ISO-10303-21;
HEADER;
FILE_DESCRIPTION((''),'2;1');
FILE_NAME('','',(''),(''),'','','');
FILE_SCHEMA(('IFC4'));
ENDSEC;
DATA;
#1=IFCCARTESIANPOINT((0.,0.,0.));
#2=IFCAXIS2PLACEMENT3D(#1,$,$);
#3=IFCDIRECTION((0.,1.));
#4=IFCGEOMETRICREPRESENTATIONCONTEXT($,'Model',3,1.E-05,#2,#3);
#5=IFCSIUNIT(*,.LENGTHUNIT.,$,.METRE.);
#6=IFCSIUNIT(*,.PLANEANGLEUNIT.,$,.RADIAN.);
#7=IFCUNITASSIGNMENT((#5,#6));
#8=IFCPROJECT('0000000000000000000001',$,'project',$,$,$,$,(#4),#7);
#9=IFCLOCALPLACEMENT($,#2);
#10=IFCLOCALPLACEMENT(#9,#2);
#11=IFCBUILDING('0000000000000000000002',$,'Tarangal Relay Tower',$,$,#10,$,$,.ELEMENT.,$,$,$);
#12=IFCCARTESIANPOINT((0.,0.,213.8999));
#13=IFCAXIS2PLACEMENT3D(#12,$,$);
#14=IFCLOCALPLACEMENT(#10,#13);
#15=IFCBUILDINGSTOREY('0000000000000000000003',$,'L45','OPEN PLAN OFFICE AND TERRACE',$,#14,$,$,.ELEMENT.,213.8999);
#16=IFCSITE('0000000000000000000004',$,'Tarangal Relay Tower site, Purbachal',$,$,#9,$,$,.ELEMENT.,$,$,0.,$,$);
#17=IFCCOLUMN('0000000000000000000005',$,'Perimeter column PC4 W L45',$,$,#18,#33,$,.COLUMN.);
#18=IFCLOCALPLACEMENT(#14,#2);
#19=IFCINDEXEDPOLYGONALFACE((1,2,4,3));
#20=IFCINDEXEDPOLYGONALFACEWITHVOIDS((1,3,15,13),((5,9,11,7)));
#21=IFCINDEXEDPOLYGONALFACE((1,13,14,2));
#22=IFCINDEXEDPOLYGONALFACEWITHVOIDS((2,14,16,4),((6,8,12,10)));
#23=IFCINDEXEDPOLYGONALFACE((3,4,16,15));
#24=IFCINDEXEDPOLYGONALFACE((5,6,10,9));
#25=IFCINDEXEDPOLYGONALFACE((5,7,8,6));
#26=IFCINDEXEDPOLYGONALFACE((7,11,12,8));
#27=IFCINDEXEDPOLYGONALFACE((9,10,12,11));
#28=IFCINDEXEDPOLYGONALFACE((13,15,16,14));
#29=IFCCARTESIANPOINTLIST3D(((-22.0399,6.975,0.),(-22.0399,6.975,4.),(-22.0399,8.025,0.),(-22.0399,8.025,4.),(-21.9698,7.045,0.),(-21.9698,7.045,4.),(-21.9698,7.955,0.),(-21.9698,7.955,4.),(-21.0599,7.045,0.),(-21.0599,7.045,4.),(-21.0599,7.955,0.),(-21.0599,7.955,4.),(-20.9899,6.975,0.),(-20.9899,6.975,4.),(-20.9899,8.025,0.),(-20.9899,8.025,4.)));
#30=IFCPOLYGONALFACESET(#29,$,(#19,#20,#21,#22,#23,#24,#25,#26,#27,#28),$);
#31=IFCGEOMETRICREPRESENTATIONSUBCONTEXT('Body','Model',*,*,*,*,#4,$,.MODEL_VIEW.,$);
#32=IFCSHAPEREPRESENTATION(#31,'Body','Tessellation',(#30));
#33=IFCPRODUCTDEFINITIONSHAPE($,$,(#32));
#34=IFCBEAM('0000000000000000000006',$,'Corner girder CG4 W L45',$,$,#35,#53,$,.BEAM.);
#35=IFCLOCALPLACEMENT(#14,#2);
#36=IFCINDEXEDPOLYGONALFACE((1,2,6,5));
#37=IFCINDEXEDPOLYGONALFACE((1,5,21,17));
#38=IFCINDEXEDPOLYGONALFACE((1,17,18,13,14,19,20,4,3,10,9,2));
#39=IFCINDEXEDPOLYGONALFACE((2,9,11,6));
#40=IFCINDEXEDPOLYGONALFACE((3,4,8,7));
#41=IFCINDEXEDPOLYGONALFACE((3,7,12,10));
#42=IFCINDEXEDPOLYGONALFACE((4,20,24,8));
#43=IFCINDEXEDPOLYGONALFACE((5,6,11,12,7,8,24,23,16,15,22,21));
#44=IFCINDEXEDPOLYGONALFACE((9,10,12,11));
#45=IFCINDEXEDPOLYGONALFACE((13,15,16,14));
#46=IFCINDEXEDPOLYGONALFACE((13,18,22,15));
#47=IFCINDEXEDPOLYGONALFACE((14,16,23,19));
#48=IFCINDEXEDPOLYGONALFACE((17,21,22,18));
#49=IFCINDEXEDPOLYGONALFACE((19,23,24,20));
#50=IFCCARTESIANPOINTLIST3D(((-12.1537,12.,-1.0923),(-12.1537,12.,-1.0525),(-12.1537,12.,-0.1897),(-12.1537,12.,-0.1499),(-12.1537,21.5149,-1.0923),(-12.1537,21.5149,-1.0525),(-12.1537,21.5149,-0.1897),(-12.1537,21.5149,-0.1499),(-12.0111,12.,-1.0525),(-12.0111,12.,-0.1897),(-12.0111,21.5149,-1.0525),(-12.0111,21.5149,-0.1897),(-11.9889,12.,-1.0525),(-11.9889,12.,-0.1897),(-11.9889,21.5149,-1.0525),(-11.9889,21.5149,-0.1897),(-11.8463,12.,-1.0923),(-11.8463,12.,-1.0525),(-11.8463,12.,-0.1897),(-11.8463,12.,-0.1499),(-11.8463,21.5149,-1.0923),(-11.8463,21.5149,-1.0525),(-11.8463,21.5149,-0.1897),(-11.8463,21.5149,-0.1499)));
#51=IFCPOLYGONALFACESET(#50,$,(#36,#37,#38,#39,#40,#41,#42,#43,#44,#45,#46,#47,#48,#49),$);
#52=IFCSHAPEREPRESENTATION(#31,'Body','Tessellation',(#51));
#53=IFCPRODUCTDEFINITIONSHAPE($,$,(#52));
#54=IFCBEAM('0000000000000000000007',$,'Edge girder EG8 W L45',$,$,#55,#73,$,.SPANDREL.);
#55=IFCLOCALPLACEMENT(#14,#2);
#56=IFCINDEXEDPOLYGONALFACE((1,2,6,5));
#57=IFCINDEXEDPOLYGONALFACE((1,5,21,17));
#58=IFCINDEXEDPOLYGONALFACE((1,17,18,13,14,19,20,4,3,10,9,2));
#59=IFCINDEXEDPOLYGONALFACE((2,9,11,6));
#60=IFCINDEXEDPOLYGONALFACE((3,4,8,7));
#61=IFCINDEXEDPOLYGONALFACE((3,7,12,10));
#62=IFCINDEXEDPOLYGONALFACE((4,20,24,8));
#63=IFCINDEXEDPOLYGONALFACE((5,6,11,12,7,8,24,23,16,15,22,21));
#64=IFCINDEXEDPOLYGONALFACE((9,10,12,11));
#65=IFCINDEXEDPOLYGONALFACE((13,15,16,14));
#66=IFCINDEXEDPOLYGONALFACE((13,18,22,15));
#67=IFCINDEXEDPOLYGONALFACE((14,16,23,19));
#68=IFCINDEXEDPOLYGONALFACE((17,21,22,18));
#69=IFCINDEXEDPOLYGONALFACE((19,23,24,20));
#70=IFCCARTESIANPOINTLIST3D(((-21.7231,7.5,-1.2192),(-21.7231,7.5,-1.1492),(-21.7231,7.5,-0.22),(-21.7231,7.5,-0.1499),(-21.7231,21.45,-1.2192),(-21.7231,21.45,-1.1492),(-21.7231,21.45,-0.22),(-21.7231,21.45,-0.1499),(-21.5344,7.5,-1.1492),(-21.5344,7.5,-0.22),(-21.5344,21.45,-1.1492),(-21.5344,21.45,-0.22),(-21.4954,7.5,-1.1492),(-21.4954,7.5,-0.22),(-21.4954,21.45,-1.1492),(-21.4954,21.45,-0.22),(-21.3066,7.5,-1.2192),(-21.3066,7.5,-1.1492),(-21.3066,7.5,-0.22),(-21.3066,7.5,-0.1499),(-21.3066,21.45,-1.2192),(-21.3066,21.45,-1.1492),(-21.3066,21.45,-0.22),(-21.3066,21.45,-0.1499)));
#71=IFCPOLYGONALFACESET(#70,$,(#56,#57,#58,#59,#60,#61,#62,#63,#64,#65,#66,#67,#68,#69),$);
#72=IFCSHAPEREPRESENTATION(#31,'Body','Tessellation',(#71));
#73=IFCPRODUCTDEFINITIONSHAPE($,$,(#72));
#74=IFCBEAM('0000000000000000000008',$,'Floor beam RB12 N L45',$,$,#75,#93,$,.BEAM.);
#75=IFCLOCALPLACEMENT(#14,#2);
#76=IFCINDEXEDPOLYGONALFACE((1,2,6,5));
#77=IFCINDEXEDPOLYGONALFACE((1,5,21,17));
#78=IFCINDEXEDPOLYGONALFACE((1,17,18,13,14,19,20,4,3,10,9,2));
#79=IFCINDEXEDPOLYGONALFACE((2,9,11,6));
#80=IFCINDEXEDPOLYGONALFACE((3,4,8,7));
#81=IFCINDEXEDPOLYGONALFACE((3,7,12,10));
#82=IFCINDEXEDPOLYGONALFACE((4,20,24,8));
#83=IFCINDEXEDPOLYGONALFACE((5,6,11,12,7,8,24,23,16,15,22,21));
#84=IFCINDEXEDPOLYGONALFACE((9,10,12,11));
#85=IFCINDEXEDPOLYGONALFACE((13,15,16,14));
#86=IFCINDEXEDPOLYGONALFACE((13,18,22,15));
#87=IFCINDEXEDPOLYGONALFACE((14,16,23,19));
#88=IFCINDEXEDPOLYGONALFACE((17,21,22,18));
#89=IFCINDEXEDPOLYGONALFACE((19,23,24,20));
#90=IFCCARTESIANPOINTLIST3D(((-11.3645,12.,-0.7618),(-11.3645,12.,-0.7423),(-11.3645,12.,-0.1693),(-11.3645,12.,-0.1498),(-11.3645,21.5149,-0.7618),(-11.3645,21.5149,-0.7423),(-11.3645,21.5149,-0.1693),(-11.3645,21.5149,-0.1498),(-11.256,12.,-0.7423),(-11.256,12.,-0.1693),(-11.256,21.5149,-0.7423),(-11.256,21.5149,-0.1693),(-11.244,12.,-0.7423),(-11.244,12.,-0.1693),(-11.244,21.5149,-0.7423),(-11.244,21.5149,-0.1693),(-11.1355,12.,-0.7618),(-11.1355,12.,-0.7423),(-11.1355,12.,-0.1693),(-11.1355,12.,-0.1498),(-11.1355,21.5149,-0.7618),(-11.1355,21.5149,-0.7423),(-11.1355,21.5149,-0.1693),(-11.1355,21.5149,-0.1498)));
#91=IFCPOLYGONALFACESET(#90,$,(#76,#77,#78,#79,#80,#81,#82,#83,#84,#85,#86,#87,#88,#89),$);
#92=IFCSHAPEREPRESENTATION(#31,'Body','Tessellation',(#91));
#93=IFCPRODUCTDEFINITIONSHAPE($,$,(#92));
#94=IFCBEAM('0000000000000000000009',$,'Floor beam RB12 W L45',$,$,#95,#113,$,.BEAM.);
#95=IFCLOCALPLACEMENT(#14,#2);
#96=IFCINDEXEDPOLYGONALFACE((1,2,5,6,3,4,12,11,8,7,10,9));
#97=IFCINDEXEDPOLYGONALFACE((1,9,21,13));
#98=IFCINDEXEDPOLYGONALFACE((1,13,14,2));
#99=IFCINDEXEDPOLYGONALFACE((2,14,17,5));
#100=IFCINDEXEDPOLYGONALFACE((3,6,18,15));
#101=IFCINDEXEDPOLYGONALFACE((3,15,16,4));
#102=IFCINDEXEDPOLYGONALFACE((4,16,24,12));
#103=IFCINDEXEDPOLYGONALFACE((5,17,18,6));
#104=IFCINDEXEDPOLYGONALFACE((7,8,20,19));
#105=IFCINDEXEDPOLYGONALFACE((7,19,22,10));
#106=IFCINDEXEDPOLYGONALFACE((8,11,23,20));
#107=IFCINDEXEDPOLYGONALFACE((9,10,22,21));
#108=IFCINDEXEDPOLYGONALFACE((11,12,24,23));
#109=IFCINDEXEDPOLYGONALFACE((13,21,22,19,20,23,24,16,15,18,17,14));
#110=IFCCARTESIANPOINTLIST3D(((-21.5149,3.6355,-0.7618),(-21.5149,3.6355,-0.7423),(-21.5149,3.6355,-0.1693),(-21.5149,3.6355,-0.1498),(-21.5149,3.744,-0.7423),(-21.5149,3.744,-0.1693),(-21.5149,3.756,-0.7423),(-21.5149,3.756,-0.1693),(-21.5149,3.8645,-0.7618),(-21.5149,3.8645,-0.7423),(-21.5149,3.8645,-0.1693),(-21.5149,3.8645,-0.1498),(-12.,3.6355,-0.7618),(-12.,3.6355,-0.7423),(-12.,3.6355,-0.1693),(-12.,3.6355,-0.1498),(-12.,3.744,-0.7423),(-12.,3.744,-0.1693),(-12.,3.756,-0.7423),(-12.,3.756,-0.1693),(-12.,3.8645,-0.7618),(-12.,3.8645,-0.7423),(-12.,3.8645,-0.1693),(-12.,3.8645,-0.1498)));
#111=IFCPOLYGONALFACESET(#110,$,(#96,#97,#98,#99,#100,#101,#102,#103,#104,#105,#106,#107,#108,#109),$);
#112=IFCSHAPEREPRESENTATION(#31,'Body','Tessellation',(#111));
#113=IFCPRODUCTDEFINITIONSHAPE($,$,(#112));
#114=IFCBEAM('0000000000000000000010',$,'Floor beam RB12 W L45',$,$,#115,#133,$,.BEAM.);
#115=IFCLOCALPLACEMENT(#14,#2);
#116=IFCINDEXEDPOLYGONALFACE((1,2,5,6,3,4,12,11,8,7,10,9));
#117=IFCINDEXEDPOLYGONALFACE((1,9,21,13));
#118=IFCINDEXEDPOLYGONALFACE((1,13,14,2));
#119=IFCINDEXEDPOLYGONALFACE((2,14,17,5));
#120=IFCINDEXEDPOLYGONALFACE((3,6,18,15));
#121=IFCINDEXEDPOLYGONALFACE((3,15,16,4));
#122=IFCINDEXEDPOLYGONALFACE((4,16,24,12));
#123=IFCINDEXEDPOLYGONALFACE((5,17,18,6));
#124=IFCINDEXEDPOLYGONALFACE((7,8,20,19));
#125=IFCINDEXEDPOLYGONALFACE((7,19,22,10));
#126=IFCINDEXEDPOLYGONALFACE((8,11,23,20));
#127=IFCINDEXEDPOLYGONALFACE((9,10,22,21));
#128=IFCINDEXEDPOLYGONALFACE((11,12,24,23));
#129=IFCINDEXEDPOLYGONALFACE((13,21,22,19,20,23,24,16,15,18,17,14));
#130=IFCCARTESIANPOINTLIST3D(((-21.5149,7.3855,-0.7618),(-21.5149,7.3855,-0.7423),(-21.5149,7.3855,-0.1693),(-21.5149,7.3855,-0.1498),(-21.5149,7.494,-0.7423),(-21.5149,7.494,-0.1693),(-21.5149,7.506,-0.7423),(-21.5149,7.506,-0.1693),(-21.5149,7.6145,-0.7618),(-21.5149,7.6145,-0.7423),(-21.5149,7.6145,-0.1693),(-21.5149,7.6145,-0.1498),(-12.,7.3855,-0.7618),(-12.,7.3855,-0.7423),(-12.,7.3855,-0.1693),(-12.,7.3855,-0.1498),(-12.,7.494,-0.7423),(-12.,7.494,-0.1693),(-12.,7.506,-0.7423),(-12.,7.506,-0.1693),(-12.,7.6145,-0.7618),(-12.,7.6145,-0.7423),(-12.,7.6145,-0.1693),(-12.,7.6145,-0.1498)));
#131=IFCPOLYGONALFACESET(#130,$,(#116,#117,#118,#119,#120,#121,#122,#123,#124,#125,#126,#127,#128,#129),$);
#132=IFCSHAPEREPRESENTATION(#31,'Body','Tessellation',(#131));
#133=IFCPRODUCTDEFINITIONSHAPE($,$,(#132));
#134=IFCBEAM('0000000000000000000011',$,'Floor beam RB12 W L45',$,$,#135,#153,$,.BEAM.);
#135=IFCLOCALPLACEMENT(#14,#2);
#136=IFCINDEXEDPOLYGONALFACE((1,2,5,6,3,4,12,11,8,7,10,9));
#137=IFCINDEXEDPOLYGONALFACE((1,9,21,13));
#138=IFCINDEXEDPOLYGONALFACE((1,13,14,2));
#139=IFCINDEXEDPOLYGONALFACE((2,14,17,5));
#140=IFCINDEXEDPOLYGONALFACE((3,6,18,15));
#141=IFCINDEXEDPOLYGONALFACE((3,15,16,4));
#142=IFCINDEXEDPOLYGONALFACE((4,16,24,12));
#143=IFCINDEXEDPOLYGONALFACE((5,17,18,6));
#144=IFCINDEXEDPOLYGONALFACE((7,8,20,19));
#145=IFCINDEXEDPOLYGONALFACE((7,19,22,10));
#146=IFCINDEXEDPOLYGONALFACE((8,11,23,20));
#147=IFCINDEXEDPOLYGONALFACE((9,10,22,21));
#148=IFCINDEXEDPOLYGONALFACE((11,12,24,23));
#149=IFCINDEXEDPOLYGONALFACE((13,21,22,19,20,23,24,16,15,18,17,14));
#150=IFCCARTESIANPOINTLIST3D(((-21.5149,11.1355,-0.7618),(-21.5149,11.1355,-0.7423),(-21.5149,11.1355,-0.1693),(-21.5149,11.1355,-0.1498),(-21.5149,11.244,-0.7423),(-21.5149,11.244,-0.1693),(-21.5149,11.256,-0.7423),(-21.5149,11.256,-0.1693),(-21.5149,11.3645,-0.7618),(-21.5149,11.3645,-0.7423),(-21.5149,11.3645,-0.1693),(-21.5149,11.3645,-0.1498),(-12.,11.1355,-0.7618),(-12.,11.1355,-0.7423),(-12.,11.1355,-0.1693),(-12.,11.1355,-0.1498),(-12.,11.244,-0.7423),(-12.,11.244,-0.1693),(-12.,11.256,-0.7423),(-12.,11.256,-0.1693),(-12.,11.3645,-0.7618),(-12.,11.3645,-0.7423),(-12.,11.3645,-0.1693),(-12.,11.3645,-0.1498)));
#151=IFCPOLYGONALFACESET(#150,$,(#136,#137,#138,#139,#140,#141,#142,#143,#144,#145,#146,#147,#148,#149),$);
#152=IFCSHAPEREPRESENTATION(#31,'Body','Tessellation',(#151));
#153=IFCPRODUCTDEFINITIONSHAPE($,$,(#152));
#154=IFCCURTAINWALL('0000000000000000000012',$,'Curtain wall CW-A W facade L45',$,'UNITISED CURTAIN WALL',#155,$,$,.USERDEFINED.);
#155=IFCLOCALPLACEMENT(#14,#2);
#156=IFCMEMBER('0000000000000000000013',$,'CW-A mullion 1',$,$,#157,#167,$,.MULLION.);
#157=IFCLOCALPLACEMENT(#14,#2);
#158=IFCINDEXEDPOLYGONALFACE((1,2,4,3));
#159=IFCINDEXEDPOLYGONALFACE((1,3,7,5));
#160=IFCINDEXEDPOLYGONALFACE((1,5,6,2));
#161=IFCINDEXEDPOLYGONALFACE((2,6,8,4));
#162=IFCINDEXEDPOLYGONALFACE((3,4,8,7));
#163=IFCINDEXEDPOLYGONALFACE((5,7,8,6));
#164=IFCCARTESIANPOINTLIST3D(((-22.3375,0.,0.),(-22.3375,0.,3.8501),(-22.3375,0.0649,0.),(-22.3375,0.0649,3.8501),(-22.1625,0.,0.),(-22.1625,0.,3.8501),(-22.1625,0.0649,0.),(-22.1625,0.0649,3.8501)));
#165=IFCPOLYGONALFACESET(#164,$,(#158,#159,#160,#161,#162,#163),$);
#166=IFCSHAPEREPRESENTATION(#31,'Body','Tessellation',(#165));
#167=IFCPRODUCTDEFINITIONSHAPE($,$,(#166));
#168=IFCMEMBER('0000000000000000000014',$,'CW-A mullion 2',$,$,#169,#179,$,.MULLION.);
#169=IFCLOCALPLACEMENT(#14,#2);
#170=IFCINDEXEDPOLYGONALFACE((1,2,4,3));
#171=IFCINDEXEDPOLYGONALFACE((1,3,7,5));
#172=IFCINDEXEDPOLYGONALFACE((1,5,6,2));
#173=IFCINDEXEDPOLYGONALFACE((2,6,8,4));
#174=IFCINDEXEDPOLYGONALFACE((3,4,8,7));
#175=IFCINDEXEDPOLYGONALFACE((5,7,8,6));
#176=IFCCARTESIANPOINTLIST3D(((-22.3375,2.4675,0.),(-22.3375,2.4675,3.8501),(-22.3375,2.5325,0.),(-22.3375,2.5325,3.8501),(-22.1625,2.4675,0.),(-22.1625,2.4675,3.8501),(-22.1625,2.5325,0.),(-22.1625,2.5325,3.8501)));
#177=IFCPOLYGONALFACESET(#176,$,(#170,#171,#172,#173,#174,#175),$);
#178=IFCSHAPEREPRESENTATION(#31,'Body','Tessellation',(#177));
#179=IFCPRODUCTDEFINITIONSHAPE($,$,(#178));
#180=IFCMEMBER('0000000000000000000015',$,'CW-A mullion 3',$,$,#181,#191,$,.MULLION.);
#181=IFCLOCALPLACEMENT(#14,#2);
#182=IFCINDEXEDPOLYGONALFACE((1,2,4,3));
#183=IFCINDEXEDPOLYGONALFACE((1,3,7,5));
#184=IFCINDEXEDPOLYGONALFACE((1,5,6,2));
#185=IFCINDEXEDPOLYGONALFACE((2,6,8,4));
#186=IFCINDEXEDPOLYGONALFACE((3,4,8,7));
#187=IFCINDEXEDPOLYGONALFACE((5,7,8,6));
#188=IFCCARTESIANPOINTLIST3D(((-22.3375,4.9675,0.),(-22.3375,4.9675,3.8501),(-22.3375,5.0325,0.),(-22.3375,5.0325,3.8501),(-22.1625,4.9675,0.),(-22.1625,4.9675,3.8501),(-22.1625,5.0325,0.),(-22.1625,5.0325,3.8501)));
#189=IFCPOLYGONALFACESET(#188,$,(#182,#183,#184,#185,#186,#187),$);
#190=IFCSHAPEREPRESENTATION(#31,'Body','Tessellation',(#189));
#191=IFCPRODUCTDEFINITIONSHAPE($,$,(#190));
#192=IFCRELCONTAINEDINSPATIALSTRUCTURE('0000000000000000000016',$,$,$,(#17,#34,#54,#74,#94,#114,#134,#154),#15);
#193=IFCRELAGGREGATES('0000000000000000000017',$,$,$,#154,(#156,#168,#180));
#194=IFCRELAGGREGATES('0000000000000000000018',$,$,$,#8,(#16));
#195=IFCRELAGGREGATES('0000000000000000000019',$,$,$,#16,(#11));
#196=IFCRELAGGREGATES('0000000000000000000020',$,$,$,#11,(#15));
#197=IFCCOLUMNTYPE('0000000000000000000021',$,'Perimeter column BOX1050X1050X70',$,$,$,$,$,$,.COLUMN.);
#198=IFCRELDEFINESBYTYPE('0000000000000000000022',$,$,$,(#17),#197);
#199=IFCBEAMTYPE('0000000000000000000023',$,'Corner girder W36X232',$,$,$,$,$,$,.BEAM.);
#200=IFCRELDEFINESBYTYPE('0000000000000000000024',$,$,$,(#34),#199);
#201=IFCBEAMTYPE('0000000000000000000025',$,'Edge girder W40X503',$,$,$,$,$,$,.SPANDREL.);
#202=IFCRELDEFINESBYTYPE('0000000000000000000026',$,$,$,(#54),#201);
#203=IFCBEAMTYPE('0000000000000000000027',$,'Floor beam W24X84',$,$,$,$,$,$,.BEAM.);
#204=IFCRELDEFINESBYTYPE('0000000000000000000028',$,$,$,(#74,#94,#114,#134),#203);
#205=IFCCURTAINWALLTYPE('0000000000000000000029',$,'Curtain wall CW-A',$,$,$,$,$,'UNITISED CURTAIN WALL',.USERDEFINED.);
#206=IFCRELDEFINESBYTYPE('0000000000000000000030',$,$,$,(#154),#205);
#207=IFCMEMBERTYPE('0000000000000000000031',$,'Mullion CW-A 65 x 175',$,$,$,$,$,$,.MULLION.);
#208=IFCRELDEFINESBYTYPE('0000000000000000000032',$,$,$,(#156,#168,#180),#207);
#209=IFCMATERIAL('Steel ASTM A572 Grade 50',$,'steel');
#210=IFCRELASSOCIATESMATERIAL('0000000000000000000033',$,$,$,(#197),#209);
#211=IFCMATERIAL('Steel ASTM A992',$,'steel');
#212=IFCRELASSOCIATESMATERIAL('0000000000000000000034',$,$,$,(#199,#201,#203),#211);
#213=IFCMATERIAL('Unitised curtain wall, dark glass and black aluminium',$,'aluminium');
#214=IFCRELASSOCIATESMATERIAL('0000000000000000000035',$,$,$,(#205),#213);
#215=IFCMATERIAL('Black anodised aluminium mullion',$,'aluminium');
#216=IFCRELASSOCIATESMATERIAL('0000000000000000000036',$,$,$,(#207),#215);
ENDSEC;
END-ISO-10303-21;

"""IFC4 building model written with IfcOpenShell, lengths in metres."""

from ifc_helpers import new_model, si_unit, direction, frame, origin, origin_2d, place, context, subcontext, project, spatial, rectangle, hollow_rectangle, i_section, extrude, material, material_profile, profile_set, type_object, element, aggregate, save


model = new_model("IFC4")

# Units and contexts
model_context = context("Model", 3, precision=1e-05, world=origin(), true_north=direction((0.0, 1.0)))
body_context = subcontext(model_context, "Body", "Model", "MODEL_VIEW")
ifc_project = project(units=[si_unit("LENGTHUNIT", "METRE"), si_unit("PLANEANGLEUNIT", "RADIAN")], contexts=[model_context])

# Site, building, storey
site_placement = place(None, origin())
site = spatial("IfcSite", under=ifc_project, at=site_placement, Name="Tarangal Relay Tower site, Purbachal", CompositionType="ELEMENT", RefElevation=0.0)
building_placement = place(site_placement, origin())
building = spatial("IfcBuilding", under=site, at=building_placement, Name="Tarangal Relay Tower", CompositionType="ELEMENT")
storey_placement = place(building_placement, frame((0.0, 0.0, 213.8999)))
storey = spatial("IfcBuildingStorey", under=building, at=storey_placement, Name="L45", Description="OPEN PLAN OFFICE AND TERRACE", CompositionType="ELEMENT", Elevation=213.8999)

# Column
ifc_material_1 = material(Name="Steel ASTM A572 Grade 50", Category="steel")
ifc_material_profile_1 = material_profile(ifc_material_1, hollow_rectangle(XDim=1.05, YDim=1.05, WallThickness=0.0701, at=origin_2d()), Name="BOX1050X1050X70")
ifc_profile_set_1 = profile_set([ifc_material_profile_1], Name="Steel ASTM A572 Grade 50")
column_type = type_object("IfcColumnType", Name="Perimeter column BOX1050X1050X70", PredefinedType="COLUMN", material=ifc_profile_set_1)
column_placement = place(storey_placement, frame((-21.5149, 7.5, 0.0), z_axis=(0.0, 0.0, 1.0), x_axis=(1.0, 0.0, 0.0)))
element("IfcColumn", 1, at=column_placement, inside=storey, type_object=column_type, Name="Perimeter column PC4 W L45", PredefinedType="COLUMN", context=body_context, shape_type="SweptSolid", body=[
    extrude(hollow_rectangle(XDim=1.05, YDim=1.05, WallThickness=0.0701, at=origin_2d()), origin(), (0.0, 0.0, 1.0), 4.0),
])

# Beams
ifc_material_2 = material(Name="Steel ASTM A992", Category="steel")
ifc_material_profile_2 = material_profile(ifc_material_2, i_section(OverallWidth=0.3074, OverallDepth=0.9424, WebThickness=0.0222, FlangeThickness=0.0398, at=origin_2d()), Name="W36X232")
ifc_profile_set_2 = profile_set([ifc_material_profile_2], Name="Steel ASTM A992")
beam_type_1 = type_object("IfcBeamType", Name="Corner girder W36X232", PredefinedType="BEAM", material=ifc_profile_set_2)
beam_1_placement = place(storey_placement, frame((-12.0, 12.0, -0.6211), z_axis=(0.0, 1.0, 0.0), x_axis=(-1.0, 0.0, 0.0)))
element("IfcBeam", 2, at=beam_1_placement, inside=storey, type_object=beam_type_1, Name="Corner girder CG4 W L45", PredefinedType="BEAM", context=body_context, shape_type="SweptSolid", body=[
    extrude(i_section(OverallWidth=0.3074, OverallDepth=0.9424, WebThickness=0.0222, FlangeThickness=0.0398, at=origin_2d()), origin(), (0.0, 0.0, 1.0), 9.5149),
])
ifc_material_profile_3 = material_profile(ifc_material_2, i_section(OverallWidth=0.4165, OverallDepth=1.0693, WebThickness=0.0391, FlangeThickness=0.0701, at=origin_2d()), Name="W40X503")
ifc_profile_set_3 = profile_set([ifc_material_profile_3], Name="Steel ASTM A992")
beam_type_2 = type_object("IfcBeamType", Name="Edge girder W40X503", PredefinedType="SPANDREL", material=ifc_profile_set_3)
beam_2_placement = place(storey_placement, frame((-21.5149, 7.5, -0.6846), z_axis=(0.0, 1.0, 0.0), x_axis=(-1.0, 0.0, 0.0)))
element("IfcBeam", 3, at=beam_2_placement, inside=storey, type_object=beam_type_2, Name="Edge girder EG8 W L45", PredefinedType="SPANDREL", context=body_context, shape_type="SweptSolid", body=[
    extrude(i_section(OverallWidth=0.4165, OverallDepth=1.0693, WebThickness=0.0391, FlangeThickness=0.0701, at=origin_2d()), origin(), (0.0, 0.0, 1.0), 13.95),
])
ifc_material_profile_4 = material_profile(ifc_material_2, i_section(OverallWidth=0.229, OverallDepth=0.6121, WebThickness=0.012, FlangeThickness=0.0195, at=origin_2d()), Name="W24X84")
ifc_profile_set_4 = profile_set([ifc_material_profile_4], Name="Steel ASTM A992")
beam_type_3 = type_object("IfcBeamType", Name="Floor beam W24X84", PredefinedType="BEAM", material=ifc_profile_set_4)
for number, where, z_axis, x_axis, name in (
    (4, (-11.25, 12.0, -0.4558), (0.0, 1.0, 0.0), (-1.0, 0.0, 0.0), "Floor beam RB12 N L45"),
    (5, (-12.0, 3.75, -0.4558), (-1.0, 0.0, 0.0), (0.0, -1.0, 0.0), "Floor beam RB12 W L45"),
    (6, (-12.0, 7.5, -0.4558), (-1.0, 0.0, 0.0), (0.0, -1.0, 0.0), "Floor beam RB12 W L45"),
    (7, (-12.0, 11.25, -0.4558), (-1.0, 0.0, 0.0), (0.0, -1.0, 0.0), "Floor beam RB12 W L45"),
):
    element("IfcBeam", number, at=place(storey_placement, frame(where, z_axis=z_axis, x_axis=x_axis)), inside=storey, type_object=beam_type_3, Name=name, PredefinedType="BEAM", context=body_context, shape_type="SweptSolid", body=[
        extrude(i_section(OverallWidth=0.229, OverallDepth=0.6121, WebThickness=0.012, FlangeThickness=0.0195, at=origin_2d()), origin(), (0.0, 0.0, 1.0), 9.5149),
    ])

# Curtain wall, members
ifc_material_3 = material(Name="Unitised curtain wall, dark glass and black aluminium", Category="aluminium")
curtain_wall_type = type_object("IfcCurtainWallType", Name="Curtain wall CW-A", ElementType="UNITISED CURTAIN WALL", PredefinedType="USERDEFINED", material=ifc_material_3)
curtain_wall_1_placement = place(storey_placement, origin())
curtain_wall_1 = element("IfcCurtainWall", 8, at=curtain_wall_1_placement, inside=storey, type_object=curtain_wall_type, Name="Curtain wall CW-A W facade L45", ObjectType="UNITISED CURTAIN WALL", PredefinedType="USERDEFINED")
ifc_material_4 = material(Name="Black anodised aluminium mullion", Category="aluminium")
ifc_material_profile_5 = material_profile(ifc_material_4, rectangle(XDim=0.175, YDim=0.0649, at=origin_2d()), Name="CW-AM 65X175")
ifc_profile_set_5 = profile_set([ifc_material_profile_5], Name="Black anodised aluminium mullion")
member_type_1 = type_object("IfcMemberType", Name="Mullion CW-A 65 x 175", PredefinedType="MULLION", material=ifc_profile_set_5)
member_1_placement = place(storey_placement, frame((-22.25, 0.0325, 0.0), z_axis=(0.0, 0.0, 1.0), x_axis=(-1.0, 0.0, 0.0)))
member_1 = element("IfcMember", 9, at=member_1_placement, type_object=member_type_1, Name="CW-A mullion 1", PredefinedType="MULLION", context=body_context, shape_type="SweptSolid", body=[
    extrude(rectangle(XDim=0.175, YDim=0.0649, at=origin_2d()), origin(), (0.0, 0.0, 1.0), 3.8501),
])
member_2_placement = place(storey_placement, frame((-22.25, 2.5, 0.0), z_axis=(0.0, 0.0, 1.0), x_axis=(-1.0, 0.0, 0.0)))
member_2 = element("IfcMember", 10, at=member_2_placement, type_object=member_type_1, Name="CW-A mullion 2", PredefinedType="MULLION", context=body_context, shape_type="SweptSolid", body=[
    extrude(rectangle(XDim=0.175, YDim=0.0649, at=origin_2d()), origin(), (0.0, 0.0, 1.0), 3.8501),
])
member_3_placement = place(storey_placement, frame((-22.25, 5.0, 0.0), z_axis=(0.0, 0.0, 1.0), x_axis=(-1.0, 0.0, 0.0)))
member_3 = element("IfcMember", 11, at=member_3_placement, type_object=member_type_1, Name="CW-A mullion 3", PredefinedType="MULLION", context=body_context, shape_type="SweptSolid", body=[
    extrude(rectangle(XDim=0.175, YDim=0.0649, at=origin_2d()), origin(), (0.0, 0.0, 1.0), 3.8501),
])

aggregate(curtain_wall_1, [member_1, member_2, member_3])

save(model, "model.ifc")
